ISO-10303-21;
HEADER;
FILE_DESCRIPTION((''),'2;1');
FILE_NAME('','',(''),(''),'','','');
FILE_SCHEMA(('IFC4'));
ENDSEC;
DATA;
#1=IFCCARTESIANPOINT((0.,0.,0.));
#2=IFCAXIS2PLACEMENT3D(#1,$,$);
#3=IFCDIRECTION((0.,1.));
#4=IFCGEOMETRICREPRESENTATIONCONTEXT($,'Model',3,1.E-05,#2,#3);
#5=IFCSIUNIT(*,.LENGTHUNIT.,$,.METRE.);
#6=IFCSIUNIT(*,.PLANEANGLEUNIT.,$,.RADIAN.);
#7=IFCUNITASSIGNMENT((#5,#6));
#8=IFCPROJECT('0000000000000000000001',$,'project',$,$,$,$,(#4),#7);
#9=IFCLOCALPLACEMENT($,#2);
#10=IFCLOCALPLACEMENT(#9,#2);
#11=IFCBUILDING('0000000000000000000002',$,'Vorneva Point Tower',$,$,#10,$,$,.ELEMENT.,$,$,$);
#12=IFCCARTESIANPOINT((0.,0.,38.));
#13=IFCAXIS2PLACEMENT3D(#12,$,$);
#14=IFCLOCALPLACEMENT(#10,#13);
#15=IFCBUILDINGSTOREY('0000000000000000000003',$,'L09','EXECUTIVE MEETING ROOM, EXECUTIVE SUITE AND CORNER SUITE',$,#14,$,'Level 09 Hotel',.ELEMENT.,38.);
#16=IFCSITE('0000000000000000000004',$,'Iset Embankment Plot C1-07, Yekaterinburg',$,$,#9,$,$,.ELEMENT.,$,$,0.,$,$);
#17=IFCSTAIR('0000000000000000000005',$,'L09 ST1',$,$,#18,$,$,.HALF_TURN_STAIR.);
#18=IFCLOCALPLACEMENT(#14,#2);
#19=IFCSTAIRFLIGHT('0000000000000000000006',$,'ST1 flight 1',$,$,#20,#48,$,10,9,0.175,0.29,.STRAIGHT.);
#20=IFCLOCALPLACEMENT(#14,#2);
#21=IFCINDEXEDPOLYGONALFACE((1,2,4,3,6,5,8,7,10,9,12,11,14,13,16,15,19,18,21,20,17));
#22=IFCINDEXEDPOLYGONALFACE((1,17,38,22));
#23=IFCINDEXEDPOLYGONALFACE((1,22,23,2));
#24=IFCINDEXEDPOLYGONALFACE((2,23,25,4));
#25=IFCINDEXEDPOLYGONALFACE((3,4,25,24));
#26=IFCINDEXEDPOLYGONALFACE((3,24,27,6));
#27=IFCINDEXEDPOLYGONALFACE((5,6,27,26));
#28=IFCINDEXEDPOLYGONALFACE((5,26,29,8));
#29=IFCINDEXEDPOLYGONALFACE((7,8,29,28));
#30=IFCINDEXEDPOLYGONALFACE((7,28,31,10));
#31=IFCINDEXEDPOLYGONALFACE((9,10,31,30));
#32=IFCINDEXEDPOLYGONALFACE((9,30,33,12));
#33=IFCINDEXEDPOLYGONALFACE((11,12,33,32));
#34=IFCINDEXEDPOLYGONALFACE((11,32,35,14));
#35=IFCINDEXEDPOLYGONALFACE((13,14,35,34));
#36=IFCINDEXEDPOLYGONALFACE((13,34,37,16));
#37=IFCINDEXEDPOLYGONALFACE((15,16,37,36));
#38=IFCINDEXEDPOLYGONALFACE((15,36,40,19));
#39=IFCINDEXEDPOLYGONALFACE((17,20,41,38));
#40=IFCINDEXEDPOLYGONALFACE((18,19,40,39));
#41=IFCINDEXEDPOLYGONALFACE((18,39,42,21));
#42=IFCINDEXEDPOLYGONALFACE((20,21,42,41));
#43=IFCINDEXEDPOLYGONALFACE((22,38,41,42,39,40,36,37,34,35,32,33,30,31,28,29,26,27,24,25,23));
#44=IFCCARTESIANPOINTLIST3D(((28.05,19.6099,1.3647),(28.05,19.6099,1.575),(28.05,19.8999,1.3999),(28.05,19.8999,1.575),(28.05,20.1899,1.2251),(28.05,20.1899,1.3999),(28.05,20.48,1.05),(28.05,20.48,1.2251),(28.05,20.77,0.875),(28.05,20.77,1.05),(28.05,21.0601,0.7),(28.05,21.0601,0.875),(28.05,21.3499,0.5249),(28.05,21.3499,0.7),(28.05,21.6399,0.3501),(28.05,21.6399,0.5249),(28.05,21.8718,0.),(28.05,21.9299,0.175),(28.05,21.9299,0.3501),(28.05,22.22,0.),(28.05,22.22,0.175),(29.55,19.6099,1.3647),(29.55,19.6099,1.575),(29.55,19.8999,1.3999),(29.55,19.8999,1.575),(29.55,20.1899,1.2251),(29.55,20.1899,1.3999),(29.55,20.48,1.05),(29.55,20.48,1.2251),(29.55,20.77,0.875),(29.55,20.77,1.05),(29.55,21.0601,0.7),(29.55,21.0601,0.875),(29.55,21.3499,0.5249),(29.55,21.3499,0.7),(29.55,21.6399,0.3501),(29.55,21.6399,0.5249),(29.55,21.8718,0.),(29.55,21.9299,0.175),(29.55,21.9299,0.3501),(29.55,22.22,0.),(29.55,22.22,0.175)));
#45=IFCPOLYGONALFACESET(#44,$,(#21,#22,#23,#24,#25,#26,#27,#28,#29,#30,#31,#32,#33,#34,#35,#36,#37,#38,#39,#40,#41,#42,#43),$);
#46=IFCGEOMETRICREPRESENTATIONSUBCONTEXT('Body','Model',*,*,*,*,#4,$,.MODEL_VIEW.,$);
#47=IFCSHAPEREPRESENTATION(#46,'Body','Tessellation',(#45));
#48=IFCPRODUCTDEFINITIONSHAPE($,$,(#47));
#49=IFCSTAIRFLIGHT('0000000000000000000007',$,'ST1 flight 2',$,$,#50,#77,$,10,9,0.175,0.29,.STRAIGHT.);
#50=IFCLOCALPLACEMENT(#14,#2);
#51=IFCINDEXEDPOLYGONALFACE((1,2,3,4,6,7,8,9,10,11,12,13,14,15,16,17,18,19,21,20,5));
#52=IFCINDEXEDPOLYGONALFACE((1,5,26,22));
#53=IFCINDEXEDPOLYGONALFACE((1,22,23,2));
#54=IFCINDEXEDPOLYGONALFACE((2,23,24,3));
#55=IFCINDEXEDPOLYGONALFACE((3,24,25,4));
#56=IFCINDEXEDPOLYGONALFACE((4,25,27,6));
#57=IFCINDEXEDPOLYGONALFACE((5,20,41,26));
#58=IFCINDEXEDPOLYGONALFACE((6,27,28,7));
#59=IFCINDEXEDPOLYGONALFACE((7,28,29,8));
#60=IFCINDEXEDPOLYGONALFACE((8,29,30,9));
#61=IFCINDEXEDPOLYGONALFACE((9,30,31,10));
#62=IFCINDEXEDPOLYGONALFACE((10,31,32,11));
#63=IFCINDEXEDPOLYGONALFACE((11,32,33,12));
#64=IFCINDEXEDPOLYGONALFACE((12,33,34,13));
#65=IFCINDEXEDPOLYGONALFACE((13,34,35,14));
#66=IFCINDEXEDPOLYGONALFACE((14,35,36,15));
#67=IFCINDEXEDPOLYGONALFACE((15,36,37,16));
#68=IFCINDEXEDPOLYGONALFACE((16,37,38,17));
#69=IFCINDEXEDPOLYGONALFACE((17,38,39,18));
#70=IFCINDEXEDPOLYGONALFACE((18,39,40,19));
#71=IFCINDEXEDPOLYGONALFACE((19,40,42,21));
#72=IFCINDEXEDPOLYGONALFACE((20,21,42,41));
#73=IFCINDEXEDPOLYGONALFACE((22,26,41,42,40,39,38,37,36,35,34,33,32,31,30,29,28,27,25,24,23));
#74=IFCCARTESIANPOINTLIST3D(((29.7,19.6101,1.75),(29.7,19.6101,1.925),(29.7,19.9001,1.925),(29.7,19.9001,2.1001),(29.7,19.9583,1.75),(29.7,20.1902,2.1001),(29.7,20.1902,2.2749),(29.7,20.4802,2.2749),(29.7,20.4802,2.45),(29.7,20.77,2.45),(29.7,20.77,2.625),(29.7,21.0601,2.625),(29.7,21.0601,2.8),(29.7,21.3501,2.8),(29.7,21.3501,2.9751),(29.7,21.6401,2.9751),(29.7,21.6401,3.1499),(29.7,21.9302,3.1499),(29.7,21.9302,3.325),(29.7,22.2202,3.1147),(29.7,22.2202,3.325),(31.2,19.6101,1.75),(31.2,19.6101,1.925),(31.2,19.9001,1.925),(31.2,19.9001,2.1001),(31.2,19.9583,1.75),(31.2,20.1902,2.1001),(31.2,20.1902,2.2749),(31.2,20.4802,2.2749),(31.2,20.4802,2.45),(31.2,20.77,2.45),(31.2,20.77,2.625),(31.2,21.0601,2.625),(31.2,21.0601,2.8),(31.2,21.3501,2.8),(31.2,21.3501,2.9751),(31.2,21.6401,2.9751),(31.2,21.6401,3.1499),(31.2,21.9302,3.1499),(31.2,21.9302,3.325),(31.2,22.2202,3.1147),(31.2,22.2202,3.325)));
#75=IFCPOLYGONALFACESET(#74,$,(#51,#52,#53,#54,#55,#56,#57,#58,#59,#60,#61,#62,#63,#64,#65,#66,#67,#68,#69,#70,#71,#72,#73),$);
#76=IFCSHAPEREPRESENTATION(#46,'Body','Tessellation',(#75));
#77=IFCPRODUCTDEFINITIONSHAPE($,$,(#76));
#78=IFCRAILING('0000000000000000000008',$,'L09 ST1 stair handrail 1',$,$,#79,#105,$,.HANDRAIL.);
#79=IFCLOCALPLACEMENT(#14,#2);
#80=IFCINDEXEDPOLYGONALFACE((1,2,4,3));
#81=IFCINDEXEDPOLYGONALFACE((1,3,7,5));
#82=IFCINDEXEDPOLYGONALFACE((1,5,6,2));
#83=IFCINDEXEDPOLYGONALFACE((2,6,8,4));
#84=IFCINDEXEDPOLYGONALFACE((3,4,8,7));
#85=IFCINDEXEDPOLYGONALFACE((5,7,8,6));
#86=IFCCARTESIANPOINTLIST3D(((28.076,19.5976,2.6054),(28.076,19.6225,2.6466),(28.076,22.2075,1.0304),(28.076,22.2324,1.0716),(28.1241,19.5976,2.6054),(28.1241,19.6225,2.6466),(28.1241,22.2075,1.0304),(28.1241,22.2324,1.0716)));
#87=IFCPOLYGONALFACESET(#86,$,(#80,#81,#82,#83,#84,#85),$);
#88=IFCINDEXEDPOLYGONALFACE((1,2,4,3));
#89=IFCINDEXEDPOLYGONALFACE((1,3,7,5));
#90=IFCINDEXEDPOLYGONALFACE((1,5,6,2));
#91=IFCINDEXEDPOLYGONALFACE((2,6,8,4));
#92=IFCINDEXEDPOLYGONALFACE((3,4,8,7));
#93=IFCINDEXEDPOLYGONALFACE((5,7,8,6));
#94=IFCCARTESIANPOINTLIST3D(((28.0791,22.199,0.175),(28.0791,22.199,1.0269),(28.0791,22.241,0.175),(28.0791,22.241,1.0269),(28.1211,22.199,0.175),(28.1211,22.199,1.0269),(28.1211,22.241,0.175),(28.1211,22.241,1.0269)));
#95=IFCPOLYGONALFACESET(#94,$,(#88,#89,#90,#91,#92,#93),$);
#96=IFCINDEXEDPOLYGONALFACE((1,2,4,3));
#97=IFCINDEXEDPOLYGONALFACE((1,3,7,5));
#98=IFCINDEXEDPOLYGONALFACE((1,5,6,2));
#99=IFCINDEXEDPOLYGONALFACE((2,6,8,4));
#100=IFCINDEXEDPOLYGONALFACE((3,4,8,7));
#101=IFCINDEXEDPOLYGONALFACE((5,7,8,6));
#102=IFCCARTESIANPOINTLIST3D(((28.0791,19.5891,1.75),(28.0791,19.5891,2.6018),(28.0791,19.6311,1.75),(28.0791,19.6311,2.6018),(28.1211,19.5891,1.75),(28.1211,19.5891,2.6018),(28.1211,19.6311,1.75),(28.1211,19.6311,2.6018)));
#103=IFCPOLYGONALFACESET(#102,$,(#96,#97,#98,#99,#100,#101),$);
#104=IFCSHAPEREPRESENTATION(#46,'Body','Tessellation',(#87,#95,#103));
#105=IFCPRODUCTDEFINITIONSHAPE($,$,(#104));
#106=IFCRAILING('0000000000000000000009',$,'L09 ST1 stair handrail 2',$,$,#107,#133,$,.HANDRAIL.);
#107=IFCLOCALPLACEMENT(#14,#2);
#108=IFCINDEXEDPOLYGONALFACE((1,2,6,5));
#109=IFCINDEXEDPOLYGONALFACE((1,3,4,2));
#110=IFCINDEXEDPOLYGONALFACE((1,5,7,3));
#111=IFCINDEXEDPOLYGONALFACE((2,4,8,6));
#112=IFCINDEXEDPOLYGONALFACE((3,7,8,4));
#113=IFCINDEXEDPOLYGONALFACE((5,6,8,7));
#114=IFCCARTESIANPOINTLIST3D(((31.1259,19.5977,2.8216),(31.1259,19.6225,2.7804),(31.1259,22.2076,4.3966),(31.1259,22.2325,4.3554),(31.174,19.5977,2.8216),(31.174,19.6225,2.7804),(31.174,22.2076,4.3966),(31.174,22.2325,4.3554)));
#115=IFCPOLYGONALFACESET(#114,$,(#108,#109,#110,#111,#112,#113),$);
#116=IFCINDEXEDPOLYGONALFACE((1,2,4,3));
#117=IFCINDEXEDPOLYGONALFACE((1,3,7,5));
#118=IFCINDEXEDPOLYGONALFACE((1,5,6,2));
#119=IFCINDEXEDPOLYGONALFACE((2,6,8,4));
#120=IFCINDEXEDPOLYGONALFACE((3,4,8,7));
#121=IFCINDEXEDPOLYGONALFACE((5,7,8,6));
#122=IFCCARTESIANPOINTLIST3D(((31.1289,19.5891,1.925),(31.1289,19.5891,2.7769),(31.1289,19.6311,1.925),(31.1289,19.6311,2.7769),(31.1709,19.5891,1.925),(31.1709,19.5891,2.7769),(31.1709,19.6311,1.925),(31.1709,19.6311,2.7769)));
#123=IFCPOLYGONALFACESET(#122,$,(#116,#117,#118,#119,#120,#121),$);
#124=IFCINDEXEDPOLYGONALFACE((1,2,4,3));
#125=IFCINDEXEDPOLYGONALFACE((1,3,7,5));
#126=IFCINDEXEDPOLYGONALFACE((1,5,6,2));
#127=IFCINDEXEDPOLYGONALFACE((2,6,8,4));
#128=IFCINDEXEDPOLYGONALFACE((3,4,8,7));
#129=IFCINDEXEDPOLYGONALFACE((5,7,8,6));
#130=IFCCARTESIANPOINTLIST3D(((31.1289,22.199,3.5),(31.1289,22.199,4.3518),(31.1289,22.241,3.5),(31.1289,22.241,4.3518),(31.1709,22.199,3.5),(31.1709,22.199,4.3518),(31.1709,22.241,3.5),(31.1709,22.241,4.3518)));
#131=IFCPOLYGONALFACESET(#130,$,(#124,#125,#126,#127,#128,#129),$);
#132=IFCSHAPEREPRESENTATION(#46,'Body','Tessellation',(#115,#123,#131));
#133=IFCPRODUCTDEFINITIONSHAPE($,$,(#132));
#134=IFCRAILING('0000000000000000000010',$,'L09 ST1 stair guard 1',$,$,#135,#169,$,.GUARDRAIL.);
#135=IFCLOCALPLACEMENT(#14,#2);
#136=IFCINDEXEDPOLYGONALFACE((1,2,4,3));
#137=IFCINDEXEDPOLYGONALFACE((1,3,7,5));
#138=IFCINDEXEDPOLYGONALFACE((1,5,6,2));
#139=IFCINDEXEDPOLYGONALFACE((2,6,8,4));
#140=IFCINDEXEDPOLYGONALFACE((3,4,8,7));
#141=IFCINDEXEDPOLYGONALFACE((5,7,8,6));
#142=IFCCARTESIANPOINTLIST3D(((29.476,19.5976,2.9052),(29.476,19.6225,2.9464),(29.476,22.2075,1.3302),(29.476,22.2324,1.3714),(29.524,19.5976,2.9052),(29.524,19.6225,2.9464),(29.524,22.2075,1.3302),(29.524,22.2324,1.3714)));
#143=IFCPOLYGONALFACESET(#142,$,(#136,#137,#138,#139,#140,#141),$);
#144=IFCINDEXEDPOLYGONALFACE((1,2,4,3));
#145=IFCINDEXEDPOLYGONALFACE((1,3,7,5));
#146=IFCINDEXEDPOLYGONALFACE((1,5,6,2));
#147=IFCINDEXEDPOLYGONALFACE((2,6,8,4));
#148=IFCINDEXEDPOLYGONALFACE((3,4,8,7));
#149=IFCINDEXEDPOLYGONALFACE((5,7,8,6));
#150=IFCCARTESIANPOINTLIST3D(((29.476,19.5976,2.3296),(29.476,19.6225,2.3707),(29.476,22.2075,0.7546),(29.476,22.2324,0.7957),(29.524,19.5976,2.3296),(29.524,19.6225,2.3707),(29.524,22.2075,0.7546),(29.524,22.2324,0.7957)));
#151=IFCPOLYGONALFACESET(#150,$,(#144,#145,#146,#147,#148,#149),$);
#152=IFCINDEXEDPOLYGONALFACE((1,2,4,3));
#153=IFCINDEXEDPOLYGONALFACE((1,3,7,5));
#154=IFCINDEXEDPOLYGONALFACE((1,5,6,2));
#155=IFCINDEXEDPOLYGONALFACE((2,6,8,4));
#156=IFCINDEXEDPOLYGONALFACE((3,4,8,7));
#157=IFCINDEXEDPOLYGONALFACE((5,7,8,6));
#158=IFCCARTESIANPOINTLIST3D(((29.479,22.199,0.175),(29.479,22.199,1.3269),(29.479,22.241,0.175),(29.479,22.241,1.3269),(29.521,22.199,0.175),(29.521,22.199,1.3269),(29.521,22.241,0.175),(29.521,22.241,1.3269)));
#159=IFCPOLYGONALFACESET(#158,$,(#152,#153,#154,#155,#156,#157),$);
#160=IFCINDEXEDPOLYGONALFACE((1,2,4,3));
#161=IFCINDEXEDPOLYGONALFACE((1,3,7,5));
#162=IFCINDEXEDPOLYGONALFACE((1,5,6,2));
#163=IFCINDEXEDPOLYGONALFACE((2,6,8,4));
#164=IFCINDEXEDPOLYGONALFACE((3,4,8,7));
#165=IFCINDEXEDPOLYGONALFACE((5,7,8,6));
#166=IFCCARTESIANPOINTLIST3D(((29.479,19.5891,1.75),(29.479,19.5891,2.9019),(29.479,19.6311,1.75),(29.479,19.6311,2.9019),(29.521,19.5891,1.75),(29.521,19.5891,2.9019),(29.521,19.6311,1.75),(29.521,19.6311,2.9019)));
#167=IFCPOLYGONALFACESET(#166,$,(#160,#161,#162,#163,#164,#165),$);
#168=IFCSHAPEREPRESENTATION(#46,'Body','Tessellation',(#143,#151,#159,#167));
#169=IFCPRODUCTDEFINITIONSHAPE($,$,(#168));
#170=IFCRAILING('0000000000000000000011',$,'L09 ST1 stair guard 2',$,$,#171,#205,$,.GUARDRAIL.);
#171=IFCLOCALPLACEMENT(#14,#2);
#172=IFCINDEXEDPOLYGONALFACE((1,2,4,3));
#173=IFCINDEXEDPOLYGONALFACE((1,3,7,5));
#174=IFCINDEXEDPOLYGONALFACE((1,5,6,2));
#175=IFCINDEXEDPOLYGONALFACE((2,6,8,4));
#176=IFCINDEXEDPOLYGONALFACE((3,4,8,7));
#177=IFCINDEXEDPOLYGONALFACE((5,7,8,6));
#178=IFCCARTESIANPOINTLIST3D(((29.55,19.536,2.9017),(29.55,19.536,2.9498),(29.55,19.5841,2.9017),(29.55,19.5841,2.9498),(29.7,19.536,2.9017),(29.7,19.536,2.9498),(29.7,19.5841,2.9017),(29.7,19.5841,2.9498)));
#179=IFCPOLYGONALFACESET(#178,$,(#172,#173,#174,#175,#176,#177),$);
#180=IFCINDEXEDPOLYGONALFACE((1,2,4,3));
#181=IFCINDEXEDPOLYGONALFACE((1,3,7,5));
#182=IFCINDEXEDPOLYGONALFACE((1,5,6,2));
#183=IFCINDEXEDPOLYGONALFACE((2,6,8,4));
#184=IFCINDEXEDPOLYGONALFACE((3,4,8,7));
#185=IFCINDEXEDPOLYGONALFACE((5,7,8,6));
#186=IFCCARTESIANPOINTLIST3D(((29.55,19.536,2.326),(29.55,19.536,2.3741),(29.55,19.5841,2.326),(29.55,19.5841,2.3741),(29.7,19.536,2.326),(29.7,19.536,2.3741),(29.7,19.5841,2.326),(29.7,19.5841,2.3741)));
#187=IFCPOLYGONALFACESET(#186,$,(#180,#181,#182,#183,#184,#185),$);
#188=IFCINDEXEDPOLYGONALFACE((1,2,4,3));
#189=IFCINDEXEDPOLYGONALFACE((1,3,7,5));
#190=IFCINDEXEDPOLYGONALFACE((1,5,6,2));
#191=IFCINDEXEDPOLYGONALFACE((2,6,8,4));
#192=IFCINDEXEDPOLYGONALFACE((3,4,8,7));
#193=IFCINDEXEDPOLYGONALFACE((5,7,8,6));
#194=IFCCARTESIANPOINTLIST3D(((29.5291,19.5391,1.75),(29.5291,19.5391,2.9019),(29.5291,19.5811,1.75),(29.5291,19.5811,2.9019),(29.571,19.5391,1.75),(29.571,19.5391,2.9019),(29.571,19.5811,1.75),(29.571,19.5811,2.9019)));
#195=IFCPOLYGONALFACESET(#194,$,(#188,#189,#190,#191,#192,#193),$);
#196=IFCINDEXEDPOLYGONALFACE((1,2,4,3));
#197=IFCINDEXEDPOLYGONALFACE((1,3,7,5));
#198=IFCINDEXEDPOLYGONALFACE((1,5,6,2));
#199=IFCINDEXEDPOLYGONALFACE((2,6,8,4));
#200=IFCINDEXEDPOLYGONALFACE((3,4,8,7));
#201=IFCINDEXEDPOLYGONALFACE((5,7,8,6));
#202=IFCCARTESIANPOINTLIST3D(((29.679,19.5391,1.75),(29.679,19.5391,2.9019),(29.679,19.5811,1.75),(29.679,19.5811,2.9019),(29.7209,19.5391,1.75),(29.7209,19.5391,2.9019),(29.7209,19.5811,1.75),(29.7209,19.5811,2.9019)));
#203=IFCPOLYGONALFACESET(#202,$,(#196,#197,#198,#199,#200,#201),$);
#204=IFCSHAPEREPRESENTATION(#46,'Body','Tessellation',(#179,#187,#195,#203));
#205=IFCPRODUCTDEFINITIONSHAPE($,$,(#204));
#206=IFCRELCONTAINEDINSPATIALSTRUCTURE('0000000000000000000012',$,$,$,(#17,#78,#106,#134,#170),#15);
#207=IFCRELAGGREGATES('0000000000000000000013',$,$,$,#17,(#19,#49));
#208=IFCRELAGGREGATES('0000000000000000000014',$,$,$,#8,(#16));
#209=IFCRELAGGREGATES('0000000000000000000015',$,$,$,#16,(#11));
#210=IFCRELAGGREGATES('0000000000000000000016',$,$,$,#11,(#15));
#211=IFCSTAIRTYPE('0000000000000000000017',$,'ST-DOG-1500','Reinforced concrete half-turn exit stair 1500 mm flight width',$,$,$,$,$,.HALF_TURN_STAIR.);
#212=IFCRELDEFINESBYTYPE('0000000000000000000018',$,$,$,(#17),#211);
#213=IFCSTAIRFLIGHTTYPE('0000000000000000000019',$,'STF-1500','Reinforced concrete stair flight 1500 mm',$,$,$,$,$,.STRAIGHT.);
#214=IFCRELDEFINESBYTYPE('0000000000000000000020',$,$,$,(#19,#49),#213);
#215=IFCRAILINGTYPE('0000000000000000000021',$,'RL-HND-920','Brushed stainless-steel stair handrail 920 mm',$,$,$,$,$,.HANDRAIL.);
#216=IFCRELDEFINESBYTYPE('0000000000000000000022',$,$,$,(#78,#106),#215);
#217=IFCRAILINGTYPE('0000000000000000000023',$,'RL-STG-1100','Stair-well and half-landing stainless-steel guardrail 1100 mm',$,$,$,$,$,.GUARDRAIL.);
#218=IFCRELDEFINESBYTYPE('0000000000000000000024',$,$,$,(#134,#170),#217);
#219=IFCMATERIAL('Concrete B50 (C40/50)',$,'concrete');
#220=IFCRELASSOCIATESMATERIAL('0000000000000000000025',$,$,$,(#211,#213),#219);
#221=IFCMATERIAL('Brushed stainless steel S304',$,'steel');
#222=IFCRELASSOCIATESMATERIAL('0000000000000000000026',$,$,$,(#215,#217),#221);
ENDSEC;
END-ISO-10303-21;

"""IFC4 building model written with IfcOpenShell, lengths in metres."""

from ifc_helpers import new_model, si_unit, direction, frame, origin, origin_2d, place, context, subcontext, project, spatial, polyline, rectangle, outline, extrude, material, type_object, element, aggregate, save


model = new_model("IFC4")

# Units and contexts
model_context = context("Model", 3, precision=1e-05, world=origin(), true_north=direction((0.0, 1.0)))
body_context = subcontext(model_context, "Body", "Model", "MODEL_VIEW")
ifc_project = project(units=[si_unit("LENGTHUNIT", "METRE"), si_unit("PLANEANGLEUNIT", "RADIAN")], contexts=[model_context])

# Site, building, storey
site_placement = place(None, origin())
site = spatial("IfcSite", under=ifc_project, at=site_placement, Name="Iset Embankment Plot C1-07, Yekaterinburg", CompositionType="ELEMENT", RefElevation=0.0)
building_placement = place(site_placement, origin())
building = spatial("IfcBuilding", under=site, at=building_placement, Name="Vorneva Point Tower", CompositionType="ELEMENT")
storey_placement = place(building_placement, frame((0.0, 0.0, 38.0)))
storey = spatial("IfcBuildingStorey", under=building, at=storey_placement, Name="L09", Description="EXECUTIVE MEETING ROOM, EXECUTIVE SUITE AND CORNER SUITE", LongName="Level 09 Hotel", CompositionType="ELEMENT", Elevation=38.0)

# Shared definitions
ifc_material_1 = material(Name="Concrete B50 (C40/50)", Category="concrete")

# Stair, stair flights
stair_type = type_object("IfcStairType", Name="ST-DOG-1500", Description="Reinforced concrete half-turn exit stair 1500 mm flight width", PredefinedType="HALF_TURN_STAIR", material=ifc_material_1)
stair_placement = place(storey_placement, origin())
stair = element("IfcStair", 1, at=stair_placement, inside=storey, type_object=stair_type, Name="L09 ST1", PredefinedType="HALF_TURN_STAIR")
stair_flight_type = type_object("IfcStairFlightType", Name="STF-1500", Description="Reinforced concrete stair flight 1500 mm", PredefinedType="STRAIGHT", material=ifc_material_1)
stair_flight_1_placement = place(storey_placement, frame((28.8, 22.22, 0.0), z_axis=(0.0, 0.0, 1.0), x_axis=(0.0, -1.0, 0.0)))
stair_flight_1 = element("IfcStairFlight", 2, at=stair_flight_1_placement, type_object=stair_flight_type, Name="ST1 flight 1", NumberOfRisers=10, NumberOfTreads=9, PredefinedType="STRAIGHT", RiserHeight=0.175, TreadLength=0.29, context=body_context, shape_type="SweptSolid", body=[
    extrude(outline(polyline([(0.0, 0.0), (0.0, 0.175), (0.29, 0.175), (0.29, 0.3501), (0.5801, 0.3501), (0.5801, 0.5249), (0.8701, 0.5249), (0.8701, 0.7), (1.1599, 0.7), (1.1599, 0.875), (1.45, 0.875), (1.45, 1.05), (1.74, 1.05), (1.74, 1.2251), (2.03, 1.2251), (2.03, 1.3999), (2.3201, 1.3999), (2.3201, 1.575), (2.6101, 1.575), (2.6101, 1.75), (2.6101, 1.3647), (0.3481, 0.0), (0.0, 0.0)])), frame((0.0, 0.75, 0.0), z_axis=(0.0, -1.0, 0.0), x_axis=(1.0, 0.0, 0.0)), (0.0, 0.0, 1.0), 1.5),
])
stair_flight_2_placement = place(storey_placement, frame((30.45, 19.6101, 1.75), z_axis=(0.0, 0.0, 1.0), x_axis=(0.0, 1.0, 0.0)))
stair_flight_2 = element("IfcStairFlight", 3, at=stair_flight_2_placement, type_object=stair_flight_type, Name="ST1 flight 2", NumberOfRisers=10, NumberOfTreads=9, PredefinedType="STRAIGHT", RiserHeight=0.175, TreadLength=0.29, context=body_context, shape_type="SweptSolid", body=[
    extrude(outline(polyline([(0.0, 0.0), (0.0, 0.175), (0.29, 0.175), (0.29, 0.3501), (0.5801, 0.3501), (0.5801, 0.5249), (0.8701, 0.5249), (0.8701, 0.7), (1.1599, 0.7), (1.1599, 0.875), (1.45, 0.875), (1.45, 1.05), (1.74, 1.05), (1.74, 1.2251), (2.03, 1.2251), (2.03, 1.3999), (2.3201, 1.3999), (2.3201, 1.575), (2.6101, 1.575), (2.6101, 1.75), (2.6101, 1.3647), (0.3481, 0.0), (0.0, 0.0)])), frame((0.0, 0.75, 0.0), z_axis=(0.0, -1.0, 0.0), x_axis=(1.0, 0.0, 0.0)), (0.0, 0.0, 1.0), 1.5),
])
aggregate(stair, [stair_flight_1, stair_flight_2])

# Railings
ifc_material_2 = material(Name="Brushed stainless steel S304", Category="steel")
railing_type_1 = type_object("IfcRailingType", Name="RL-HND-920", Description="Brushed stainless-steel stair handrail 920 mm", PredefinedType="HANDRAIL", material=ifc_material_2)
railing_1_placement = place(storey_placement, frame((28.1001, 22.22, 0.175)))
element("IfcRailing", 4, at=railing_1_placement, inside=storey, type_object=railing_type_1, Name="L09 ST1 stair handrail 1", PredefinedType="HANDRAIL", context=body_context, shape_type="SweptSolid", body=[
    extrude(rectangle(XDim=0.0481, YDim=0.0481, at=origin_2d()), frame((0.0, 0.0, 0.876), z_axis=(0.0, -0.856183, 0.516673), x_axis=(1.0, 0.0, 0.0)), (0.0, 0.0, 1.0), 3.0483),
    extrude(rectangle(XDim=0.042, YDim=0.042, at=origin_2d()), origin(), (0.0, 0.0, 1.0), 0.8518),
    extrude(rectangle(XDim=0.042, YDim=0.042, at=origin_2d()), frame((0.0, -2.6099, 1.575)), (0.0, 0.0, 1.0), 0.8518),
])
railing_2_placement = place(storey_placement, frame((31.1499, 19.6101, 1.925)))
element("IfcRailing", 5, at=railing_2_placement, inside=storey, type_object=railing_type_1, Name="L09 ST1 stair handrail 2", PredefinedType="HANDRAIL", context=body_context, shape_type="SweptSolid", body=[
    extrude(rectangle(XDim=0.0481, YDim=0.0481, at=origin_2d()), frame((0.0, 0.0, 0.876), z_axis=(0.0, 0.856183, 0.516673), x_axis=(-1.0, 0.0, 0.0)), (0.0, 0.0, 1.0), 3.0483),
    extrude(rectangle(XDim=0.042, YDim=0.042, at=origin_2d()), origin(), (0.0, 0.0, 1.0), 0.8518),
    extrude(rectangle(XDim=0.042, YDim=0.042, at=origin_2d()), frame((0.0, 2.6099, 1.575)), (0.0, 0.0, 1.0), 0.8518),
])
railing_type_2 = type_object("IfcRailingType", Name="RL-STG-1100", Description="Stair-well and half-landing stainless-steel guardrail 1100 mm", PredefinedType="GUARDRAIL", material=ifc_material_2)
railing_3_placement = place(storey_placement, frame((29.5, 22.22, 0.175)))
element("IfcRailing", 6, at=railing_3_placement, inside=storey, type_object=railing_type_2, Name="L09 ST1 stair guard 1", PredefinedType="GUARDRAIL", context=body_context, shape_type="SweptSolid", body=[
    extrude(rectangle(XDim=0.0481, YDim=0.0481, at=origin_2d()), frame((0.0, 0.0, 1.1758), z_axis=(0.0, -0.856183, 0.516673), x_axis=(1.0, 0.0, 0.0)), (0.0, 0.0, 1.0), 3.0483),
    extrude(rectangle(XDim=0.0481, YDim=0.0481, at=origin_2d()), frame((0.0, 0.0, 0.6001), z_axis=(0.0, -0.856183, 0.516673), x_axis=(1.0, 0.0, 0.0)), (0.0, 0.0, 1.0), 3.0483),
    extrude(rectangle(XDim=0.042, YDim=0.042, at=origin_2d()), origin(), (0.0, 0.0, 1.0), 1.1519),
    extrude(rectangle(XDim=0.042, YDim=0.042, at=origin_2d()), frame((0.0, -2.6099, 1.575)), (0.0, 0.0, 1.0), 1.1519),
])
railing_4_placement = place(storey_placement, frame((29.55, 19.5601, 1.75)))
element("IfcRailing", 7, at=railing_4_placement, inside=storey, type_object=railing_type_2, Name="L09 ST1 stair guard 2", PredefinedType="GUARDRAIL", context=body_context, shape_type="SweptSolid", body=[
    extrude(rectangle(XDim=0.0481, YDim=0.0481, at=origin_2d()), frame((0.0, 0.0, 1.1758), z_axis=(1.0, 0.0, 0.0), x_axis=(0.0, 1.0, 0.0)), (0.0, 0.0, 1.0), 0.1499),
    extrude(rectangle(XDim=0.0481, YDim=0.0481, at=origin_2d()), frame((0.0, 0.0, 0.6001), z_axis=(1.0, 0.0, 0.0), x_axis=(0.0, 1.0, 0.0)), (0.0, 0.0, 1.0), 0.1499),
    extrude(rectangle(XDim=0.042, YDim=0.042, at=origin_2d()), origin(), (0.0, 0.0, 1.0), 1.1519),
    extrude(rectangle(XDim=0.042, YDim=0.042, at=origin_2d()), frame((0.1499, 0.0, 0.0)), (0.0, 0.0, 1.0), 1.1519),
])

save(model, "model.ifc")
